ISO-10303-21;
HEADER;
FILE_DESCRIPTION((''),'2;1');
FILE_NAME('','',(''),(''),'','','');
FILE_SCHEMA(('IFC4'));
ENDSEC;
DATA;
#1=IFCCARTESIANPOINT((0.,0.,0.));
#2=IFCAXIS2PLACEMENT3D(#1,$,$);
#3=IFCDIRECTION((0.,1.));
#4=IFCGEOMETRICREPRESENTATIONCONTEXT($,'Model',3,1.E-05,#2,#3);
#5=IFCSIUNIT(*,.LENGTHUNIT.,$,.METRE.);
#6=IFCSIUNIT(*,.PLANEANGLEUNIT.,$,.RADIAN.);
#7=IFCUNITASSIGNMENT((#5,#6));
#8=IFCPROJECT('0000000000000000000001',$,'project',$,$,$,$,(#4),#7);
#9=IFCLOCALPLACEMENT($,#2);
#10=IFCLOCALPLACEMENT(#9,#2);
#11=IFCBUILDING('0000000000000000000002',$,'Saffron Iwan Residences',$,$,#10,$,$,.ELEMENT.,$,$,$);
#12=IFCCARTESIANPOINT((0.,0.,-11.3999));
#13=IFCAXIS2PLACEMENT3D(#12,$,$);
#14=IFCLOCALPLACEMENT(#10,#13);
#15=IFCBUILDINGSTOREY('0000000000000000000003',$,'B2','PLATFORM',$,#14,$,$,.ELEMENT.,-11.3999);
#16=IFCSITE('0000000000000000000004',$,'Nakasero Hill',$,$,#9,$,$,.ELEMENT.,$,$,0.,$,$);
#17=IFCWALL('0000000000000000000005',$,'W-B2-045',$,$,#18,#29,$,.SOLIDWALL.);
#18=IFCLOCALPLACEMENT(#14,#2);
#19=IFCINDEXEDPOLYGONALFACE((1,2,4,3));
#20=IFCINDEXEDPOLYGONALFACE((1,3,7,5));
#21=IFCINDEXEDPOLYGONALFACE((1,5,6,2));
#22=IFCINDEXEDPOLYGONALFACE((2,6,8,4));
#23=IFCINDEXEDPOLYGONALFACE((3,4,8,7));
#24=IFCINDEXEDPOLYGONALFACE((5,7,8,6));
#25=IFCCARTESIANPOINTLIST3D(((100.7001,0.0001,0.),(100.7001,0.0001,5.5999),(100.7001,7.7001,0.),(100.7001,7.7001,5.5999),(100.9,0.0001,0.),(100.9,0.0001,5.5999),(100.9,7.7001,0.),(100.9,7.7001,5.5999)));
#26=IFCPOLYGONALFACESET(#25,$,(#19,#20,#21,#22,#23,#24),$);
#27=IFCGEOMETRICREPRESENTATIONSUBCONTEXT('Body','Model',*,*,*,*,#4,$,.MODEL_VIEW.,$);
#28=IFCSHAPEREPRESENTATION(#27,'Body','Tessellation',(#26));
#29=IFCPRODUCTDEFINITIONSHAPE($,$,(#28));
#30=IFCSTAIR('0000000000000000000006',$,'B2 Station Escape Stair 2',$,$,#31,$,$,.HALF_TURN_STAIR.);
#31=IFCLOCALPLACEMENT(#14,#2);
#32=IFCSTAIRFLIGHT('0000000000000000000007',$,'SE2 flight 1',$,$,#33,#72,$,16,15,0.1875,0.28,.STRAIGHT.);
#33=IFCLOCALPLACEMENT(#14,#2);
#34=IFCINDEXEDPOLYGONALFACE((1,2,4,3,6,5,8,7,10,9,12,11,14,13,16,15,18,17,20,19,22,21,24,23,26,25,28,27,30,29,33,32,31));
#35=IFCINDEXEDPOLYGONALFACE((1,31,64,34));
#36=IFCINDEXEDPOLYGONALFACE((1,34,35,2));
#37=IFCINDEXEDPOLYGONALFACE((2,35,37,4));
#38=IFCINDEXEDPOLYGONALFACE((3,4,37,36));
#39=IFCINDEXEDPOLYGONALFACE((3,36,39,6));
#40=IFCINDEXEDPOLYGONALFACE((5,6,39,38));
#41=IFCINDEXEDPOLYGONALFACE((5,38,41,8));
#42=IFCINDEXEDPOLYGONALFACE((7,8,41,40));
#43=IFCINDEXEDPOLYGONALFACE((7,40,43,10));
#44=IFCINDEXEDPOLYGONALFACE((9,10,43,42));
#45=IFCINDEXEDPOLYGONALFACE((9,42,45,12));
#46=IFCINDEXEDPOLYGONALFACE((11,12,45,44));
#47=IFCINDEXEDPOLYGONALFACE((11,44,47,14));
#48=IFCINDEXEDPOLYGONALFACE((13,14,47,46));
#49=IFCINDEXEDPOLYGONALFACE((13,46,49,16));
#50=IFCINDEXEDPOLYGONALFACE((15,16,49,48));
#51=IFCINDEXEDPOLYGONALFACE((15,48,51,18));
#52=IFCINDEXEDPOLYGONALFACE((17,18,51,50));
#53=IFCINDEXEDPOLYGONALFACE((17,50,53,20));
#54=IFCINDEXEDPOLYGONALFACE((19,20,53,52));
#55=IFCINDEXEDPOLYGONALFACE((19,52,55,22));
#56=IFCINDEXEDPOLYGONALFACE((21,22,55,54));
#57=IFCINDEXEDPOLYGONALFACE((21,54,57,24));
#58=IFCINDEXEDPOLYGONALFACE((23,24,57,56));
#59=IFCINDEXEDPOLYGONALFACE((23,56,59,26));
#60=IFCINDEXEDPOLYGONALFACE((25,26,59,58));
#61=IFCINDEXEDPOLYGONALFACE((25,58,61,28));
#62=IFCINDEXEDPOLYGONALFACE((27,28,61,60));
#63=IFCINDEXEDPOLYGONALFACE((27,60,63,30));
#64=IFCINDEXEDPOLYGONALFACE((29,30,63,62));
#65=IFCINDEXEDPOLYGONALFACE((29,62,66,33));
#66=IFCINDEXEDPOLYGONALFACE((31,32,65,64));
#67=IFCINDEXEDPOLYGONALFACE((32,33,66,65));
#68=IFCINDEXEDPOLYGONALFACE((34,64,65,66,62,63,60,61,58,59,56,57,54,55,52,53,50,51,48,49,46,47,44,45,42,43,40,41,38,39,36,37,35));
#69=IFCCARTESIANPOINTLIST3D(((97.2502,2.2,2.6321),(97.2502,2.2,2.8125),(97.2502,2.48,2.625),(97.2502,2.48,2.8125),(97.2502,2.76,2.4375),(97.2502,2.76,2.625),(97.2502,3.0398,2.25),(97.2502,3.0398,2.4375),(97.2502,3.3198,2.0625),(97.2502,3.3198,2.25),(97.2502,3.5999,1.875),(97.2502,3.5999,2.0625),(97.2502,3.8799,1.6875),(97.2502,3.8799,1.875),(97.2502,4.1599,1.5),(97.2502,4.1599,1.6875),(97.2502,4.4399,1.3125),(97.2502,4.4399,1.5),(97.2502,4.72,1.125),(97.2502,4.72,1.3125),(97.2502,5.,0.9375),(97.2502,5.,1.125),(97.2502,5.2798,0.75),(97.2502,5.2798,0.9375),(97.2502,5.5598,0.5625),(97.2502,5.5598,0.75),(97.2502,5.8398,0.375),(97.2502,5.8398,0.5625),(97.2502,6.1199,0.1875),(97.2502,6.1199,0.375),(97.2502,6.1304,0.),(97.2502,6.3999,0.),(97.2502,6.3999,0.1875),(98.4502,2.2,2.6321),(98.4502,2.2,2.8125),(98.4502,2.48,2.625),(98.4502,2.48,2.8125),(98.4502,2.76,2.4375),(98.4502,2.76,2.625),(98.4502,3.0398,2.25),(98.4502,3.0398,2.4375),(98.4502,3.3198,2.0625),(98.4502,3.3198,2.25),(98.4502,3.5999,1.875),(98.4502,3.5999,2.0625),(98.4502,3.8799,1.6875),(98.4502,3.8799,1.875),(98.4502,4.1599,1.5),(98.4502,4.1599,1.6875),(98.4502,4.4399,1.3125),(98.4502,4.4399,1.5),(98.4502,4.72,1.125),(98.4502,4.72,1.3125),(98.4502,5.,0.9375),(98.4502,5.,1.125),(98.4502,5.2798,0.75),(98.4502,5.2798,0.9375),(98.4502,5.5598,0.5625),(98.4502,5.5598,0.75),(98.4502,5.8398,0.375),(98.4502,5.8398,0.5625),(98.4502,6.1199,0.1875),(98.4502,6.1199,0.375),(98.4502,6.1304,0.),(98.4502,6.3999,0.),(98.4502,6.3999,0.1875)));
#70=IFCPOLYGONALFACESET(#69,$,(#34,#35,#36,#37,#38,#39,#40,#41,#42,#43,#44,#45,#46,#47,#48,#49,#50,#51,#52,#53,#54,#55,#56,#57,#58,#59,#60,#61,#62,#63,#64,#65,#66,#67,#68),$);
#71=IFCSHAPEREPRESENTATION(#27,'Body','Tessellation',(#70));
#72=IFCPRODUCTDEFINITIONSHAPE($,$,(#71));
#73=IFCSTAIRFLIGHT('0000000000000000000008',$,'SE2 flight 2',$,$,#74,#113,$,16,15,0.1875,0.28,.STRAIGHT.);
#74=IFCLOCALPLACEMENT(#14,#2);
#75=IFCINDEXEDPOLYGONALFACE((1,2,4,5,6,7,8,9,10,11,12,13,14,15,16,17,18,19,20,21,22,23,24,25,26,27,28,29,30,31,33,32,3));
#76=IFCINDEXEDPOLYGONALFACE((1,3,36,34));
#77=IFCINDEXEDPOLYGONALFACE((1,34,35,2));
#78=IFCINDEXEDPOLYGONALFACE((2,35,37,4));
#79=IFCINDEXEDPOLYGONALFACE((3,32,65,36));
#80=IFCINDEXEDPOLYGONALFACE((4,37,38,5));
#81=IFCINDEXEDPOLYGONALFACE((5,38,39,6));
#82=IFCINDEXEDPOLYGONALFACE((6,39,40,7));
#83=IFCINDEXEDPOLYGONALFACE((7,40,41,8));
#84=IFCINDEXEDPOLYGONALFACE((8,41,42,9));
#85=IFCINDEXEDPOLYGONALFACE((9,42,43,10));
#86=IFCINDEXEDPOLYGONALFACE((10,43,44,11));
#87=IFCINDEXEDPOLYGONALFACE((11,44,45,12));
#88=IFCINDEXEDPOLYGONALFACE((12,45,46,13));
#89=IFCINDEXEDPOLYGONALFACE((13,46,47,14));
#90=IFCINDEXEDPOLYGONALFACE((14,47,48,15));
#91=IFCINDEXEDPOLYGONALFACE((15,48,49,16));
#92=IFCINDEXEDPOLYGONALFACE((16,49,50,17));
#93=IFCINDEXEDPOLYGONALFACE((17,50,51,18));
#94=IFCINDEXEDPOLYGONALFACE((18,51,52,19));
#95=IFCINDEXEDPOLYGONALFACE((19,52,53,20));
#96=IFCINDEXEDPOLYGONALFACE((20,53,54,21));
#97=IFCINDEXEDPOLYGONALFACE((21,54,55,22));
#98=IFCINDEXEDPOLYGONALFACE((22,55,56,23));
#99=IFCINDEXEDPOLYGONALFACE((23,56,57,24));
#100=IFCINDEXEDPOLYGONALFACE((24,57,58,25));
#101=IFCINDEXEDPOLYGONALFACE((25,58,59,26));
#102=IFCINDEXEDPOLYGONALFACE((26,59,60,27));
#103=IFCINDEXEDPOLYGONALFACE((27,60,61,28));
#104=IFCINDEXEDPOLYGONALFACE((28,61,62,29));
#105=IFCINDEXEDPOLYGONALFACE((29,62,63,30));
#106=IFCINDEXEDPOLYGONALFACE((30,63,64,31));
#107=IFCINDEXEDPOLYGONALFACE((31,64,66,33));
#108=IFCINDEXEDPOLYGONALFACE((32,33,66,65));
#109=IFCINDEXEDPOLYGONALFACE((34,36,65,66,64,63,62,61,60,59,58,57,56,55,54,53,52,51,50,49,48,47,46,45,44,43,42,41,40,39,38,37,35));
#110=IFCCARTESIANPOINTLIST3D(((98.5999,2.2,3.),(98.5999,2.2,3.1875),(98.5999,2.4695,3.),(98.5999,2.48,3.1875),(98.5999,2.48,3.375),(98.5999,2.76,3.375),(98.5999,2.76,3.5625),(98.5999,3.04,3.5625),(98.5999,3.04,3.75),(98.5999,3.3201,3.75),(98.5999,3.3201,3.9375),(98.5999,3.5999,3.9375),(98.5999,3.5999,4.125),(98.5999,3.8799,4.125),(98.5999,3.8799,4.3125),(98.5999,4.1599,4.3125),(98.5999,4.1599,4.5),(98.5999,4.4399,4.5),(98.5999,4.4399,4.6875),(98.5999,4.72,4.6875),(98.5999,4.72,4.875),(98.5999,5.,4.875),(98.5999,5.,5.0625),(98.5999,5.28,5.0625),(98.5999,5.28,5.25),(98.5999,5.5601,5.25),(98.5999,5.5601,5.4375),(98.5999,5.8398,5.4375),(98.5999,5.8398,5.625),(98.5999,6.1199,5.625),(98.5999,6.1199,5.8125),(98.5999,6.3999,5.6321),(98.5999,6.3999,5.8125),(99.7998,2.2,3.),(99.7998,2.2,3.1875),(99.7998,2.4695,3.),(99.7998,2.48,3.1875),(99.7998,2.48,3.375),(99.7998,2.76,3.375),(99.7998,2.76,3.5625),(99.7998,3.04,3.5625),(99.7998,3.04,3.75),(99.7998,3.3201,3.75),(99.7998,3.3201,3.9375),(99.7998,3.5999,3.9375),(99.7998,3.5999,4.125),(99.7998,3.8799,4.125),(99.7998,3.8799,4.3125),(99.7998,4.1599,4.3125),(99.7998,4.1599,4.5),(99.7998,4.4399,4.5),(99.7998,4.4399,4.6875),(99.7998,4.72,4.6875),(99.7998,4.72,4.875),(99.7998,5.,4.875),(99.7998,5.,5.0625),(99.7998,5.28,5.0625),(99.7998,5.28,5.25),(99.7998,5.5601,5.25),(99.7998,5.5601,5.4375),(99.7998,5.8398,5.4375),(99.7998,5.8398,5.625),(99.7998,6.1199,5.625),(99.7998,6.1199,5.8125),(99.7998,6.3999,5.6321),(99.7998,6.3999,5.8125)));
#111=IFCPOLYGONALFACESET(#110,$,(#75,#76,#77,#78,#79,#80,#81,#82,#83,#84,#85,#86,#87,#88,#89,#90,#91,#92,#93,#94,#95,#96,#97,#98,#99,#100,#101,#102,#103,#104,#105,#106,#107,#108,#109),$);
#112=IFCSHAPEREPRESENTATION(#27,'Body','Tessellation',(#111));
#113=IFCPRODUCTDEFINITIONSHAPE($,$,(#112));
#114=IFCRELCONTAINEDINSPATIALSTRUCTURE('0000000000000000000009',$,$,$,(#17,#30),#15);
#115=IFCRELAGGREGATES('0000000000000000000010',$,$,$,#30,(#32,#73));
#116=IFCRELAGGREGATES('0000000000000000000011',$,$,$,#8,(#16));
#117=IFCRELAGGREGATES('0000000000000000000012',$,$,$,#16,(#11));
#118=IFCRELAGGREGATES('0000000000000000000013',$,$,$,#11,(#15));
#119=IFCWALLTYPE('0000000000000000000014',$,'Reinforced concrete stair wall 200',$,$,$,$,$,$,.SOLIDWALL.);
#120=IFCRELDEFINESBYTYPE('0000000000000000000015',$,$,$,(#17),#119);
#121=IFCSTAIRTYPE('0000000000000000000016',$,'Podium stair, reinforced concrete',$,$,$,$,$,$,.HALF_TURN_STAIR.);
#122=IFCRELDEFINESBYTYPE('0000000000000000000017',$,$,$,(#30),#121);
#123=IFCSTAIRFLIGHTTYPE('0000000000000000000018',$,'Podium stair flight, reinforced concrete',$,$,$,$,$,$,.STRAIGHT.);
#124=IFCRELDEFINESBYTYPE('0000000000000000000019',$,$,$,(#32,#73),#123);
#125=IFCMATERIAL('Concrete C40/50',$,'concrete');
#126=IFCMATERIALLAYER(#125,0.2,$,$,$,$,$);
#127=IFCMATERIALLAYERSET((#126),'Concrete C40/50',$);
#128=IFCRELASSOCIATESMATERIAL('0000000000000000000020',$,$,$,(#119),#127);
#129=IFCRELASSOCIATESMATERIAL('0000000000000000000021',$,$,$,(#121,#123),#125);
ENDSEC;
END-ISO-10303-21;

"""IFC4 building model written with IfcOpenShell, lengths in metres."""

from ifc_helpers import new_model, si_unit, direction, frame, frame_2d, origin, place, context, subcontext, project, spatial, polyline, rectangle, outline, extrude, material, layer, layer_set, type_object, element, aggregate, save


model = new_model("IFC4")

# Units and contexts
model_context = context("Model", 3, precision=1e-05, world=origin(), true_north=direction((0.0, 1.0)))
body_context = subcontext(model_context, "Body", "Model", "MODEL_VIEW")
ifc_project = project(units=[si_unit("LENGTHUNIT", "METRE"), si_unit("PLANEANGLEUNIT", "RADIAN")], contexts=[model_context])

# Site, building, storey
site_placement = place(None, origin())
site = spatial("IfcSite", under=ifc_project, at=site_placement, Name="Nakasero Hill", CompositionType="ELEMENT", RefElevation=0.0)
building_placement = place(site_placement, origin())
building = spatial("IfcBuilding", under=site, at=building_placement, Name="Saffron Iwan Residences", CompositionType="ELEMENT")
storey_placement = place(building_placement, frame((0.0, 0.0, -11.3999)))
storey = spatial("IfcBuildingStorey", under=building, at=storey_placement, Name="B2", Description="PLATFORM", CompositionType="ELEMENT", Elevation=-11.3999)

# Shared definitions
ifc_material_1 = material(Name="Concrete C40/50", Category="concrete")

# Wall
ifc_layer_1 = layer(ifc_material_1, 0.2)
ifc_layer_set_1 = layer_set([ifc_layer_1], Name="Concrete C40/50")
wall_type_1 = type_object("IfcWallType", Name="Reinforced concrete stair wall 200", PredefinedType="SOLIDWALL", material=ifc_layer_set_1)
wall_1_placement = place(storey_placement, frame((100.8, 0.0, 0.0), z_axis=(0.0, 0.0, 1.0), x_axis=(0.0, 1.0, 0.0)))
element("IfcWall", 1, at=wall_1_placement, inside=storey, type_object=wall_type_1, Name="W-B2-045", PredefinedType="SOLIDWALL", context=body_context, shape_type="SweptSolid", body=[
    extrude(rectangle(XDim=7.7, YDim=0.2, at=frame_2d((3.8501, 0.0))), origin(), (0.0, 0.0, 1.0), 5.5999),
])

# Stair, stair flights
stair_type = type_object("IfcStairType", Name="Podium stair, reinforced concrete", PredefinedType="HALF_TURN_STAIR", material=ifc_material_1)
stair_placement = place(storey_placement, origin())
stair = element("IfcStair", 2, at=stair_placement, inside=storey, type_object=stair_type, Name="B2 Station Escape Stair 2", PredefinedType="HALF_TURN_STAIR")
stair_flight_type = type_object("IfcStairFlightType", Name="Podium stair flight, reinforced concrete", PredefinedType="STRAIGHT", material=ifc_material_1)
stair_flight_1_placement = place(storey_placement, frame((97.8501, 6.3999, 0.0), z_axis=(0.0, 0.0, 1.0), x_axis=(0.0, -1.0, 0.0)))
stair_flight_1 = element("IfcStairFlight", 3, at=stair_flight_1_placement, type_object=stair_flight_type, Name="SE2 flight 1", NumberOfRisers=16, NumberOfTreads=15, PredefinedType="STRAIGHT", RiserHeight=0.1875, TreadLength=0.28, context=body_context, shape_type="SweptSolid", body=[
    extrude(outline(polyline([(0.0, 0.0), (0.0, 0.1875), (0.28, 0.1875), (0.28, 0.375), (0.5601, 0.375), (0.5601, 0.5625), (0.8401, 0.5625), (0.8401, 0.75), (1.1201, 0.75), (1.1201, 0.9375), (1.3999, 0.9375), (1.3999, 1.125), (1.6799, 1.125), (1.6799, 1.3125), (1.96, 1.3125), (1.96, 1.5), (2.24, 1.5), (2.24, 1.6875), (2.52, 1.6875), (2.52, 1.875), (2.8, 1.875), (2.8, 2.0625), (3.0801, 2.0625), (3.0801, 2.25), (3.3601, 2.25), (3.3601, 2.4375), (3.6399, 2.4375), (3.6399, 2.625), (3.9199, 2.625), (3.9199, 2.8125), (4.2, 2.8125), (4.2, 3.0), (4.2, 2.6321), (0.2695, 0.0), (0.0, 0.0)])), frame((0.0, 0.6001, 0.0), z_axis=(0.0, -1.0, 0.0), x_axis=(1.0, 0.0, 0.0)), (0.0, 0.0, 1.0), 1.2),
])
stair_flight_2_placement = place(storey_placement, frame((99.2, 2.2, 3.0), z_axis=(0.0, 0.0, 1.0), x_axis=(0.0, 1.0, 0.0)))
stair_flight_2 = element("IfcStairFlight", 4, at=stair_flight_2_placement, type_object=stair_flight_type, Name="SE2 flight 2", NumberOfRisers=16, NumberOfTreads=15, PredefinedType="STRAIGHT", RiserHeight=0.1875, TreadLength=0.28, context=body_context, shape_type="SweptSolid", body=[
    extrude(outline(polyline([(0.0, 0.0), (0.0, 0.1875), (0.28, 0.1875), (0.28, 0.375), (0.5601, 0.375), (0.5601, 0.5625), (0.8401, 0.5625), (0.8401, 0.75), (1.1201, 0.75), (1.1201, 0.9375), (1.3999, 0.9375), (1.3999, 1.125), (1.6799, 1.125), (1.6799, 1.3125), (1.96, 1.3125), (1.96, 1.5), (2.24, 1.5), (2.24, 1.6875), (2.52, 1.6875), (2.52, 1.875), (2.8, 1.875), (2.8, 2.0625), (3.0801, 2.0625), (3.0801, 2.25), (3.3601, 2.25), (3.3601, 2.4375), (3.6399, 2.4375), (3.6399, 2.625), (3.9199, 2.625), (3.9199, 2.8125), (4.2, 2.8125), (4.2, 3.0), (4.2, 2.6321), (0.2695, 0.0), (0.0, 0.0)])), frame((0.0, 0.6001, 0.0), z_axis=(0.0, -1.0, 0.0), x_axis=(1.0, 0.0, 0.0)), (0.0, 0.0, 1.0), 1.2),
])
aggregate(stair, [stair_flight_1, stair_flight_2])

save(model, "model.ifc")
